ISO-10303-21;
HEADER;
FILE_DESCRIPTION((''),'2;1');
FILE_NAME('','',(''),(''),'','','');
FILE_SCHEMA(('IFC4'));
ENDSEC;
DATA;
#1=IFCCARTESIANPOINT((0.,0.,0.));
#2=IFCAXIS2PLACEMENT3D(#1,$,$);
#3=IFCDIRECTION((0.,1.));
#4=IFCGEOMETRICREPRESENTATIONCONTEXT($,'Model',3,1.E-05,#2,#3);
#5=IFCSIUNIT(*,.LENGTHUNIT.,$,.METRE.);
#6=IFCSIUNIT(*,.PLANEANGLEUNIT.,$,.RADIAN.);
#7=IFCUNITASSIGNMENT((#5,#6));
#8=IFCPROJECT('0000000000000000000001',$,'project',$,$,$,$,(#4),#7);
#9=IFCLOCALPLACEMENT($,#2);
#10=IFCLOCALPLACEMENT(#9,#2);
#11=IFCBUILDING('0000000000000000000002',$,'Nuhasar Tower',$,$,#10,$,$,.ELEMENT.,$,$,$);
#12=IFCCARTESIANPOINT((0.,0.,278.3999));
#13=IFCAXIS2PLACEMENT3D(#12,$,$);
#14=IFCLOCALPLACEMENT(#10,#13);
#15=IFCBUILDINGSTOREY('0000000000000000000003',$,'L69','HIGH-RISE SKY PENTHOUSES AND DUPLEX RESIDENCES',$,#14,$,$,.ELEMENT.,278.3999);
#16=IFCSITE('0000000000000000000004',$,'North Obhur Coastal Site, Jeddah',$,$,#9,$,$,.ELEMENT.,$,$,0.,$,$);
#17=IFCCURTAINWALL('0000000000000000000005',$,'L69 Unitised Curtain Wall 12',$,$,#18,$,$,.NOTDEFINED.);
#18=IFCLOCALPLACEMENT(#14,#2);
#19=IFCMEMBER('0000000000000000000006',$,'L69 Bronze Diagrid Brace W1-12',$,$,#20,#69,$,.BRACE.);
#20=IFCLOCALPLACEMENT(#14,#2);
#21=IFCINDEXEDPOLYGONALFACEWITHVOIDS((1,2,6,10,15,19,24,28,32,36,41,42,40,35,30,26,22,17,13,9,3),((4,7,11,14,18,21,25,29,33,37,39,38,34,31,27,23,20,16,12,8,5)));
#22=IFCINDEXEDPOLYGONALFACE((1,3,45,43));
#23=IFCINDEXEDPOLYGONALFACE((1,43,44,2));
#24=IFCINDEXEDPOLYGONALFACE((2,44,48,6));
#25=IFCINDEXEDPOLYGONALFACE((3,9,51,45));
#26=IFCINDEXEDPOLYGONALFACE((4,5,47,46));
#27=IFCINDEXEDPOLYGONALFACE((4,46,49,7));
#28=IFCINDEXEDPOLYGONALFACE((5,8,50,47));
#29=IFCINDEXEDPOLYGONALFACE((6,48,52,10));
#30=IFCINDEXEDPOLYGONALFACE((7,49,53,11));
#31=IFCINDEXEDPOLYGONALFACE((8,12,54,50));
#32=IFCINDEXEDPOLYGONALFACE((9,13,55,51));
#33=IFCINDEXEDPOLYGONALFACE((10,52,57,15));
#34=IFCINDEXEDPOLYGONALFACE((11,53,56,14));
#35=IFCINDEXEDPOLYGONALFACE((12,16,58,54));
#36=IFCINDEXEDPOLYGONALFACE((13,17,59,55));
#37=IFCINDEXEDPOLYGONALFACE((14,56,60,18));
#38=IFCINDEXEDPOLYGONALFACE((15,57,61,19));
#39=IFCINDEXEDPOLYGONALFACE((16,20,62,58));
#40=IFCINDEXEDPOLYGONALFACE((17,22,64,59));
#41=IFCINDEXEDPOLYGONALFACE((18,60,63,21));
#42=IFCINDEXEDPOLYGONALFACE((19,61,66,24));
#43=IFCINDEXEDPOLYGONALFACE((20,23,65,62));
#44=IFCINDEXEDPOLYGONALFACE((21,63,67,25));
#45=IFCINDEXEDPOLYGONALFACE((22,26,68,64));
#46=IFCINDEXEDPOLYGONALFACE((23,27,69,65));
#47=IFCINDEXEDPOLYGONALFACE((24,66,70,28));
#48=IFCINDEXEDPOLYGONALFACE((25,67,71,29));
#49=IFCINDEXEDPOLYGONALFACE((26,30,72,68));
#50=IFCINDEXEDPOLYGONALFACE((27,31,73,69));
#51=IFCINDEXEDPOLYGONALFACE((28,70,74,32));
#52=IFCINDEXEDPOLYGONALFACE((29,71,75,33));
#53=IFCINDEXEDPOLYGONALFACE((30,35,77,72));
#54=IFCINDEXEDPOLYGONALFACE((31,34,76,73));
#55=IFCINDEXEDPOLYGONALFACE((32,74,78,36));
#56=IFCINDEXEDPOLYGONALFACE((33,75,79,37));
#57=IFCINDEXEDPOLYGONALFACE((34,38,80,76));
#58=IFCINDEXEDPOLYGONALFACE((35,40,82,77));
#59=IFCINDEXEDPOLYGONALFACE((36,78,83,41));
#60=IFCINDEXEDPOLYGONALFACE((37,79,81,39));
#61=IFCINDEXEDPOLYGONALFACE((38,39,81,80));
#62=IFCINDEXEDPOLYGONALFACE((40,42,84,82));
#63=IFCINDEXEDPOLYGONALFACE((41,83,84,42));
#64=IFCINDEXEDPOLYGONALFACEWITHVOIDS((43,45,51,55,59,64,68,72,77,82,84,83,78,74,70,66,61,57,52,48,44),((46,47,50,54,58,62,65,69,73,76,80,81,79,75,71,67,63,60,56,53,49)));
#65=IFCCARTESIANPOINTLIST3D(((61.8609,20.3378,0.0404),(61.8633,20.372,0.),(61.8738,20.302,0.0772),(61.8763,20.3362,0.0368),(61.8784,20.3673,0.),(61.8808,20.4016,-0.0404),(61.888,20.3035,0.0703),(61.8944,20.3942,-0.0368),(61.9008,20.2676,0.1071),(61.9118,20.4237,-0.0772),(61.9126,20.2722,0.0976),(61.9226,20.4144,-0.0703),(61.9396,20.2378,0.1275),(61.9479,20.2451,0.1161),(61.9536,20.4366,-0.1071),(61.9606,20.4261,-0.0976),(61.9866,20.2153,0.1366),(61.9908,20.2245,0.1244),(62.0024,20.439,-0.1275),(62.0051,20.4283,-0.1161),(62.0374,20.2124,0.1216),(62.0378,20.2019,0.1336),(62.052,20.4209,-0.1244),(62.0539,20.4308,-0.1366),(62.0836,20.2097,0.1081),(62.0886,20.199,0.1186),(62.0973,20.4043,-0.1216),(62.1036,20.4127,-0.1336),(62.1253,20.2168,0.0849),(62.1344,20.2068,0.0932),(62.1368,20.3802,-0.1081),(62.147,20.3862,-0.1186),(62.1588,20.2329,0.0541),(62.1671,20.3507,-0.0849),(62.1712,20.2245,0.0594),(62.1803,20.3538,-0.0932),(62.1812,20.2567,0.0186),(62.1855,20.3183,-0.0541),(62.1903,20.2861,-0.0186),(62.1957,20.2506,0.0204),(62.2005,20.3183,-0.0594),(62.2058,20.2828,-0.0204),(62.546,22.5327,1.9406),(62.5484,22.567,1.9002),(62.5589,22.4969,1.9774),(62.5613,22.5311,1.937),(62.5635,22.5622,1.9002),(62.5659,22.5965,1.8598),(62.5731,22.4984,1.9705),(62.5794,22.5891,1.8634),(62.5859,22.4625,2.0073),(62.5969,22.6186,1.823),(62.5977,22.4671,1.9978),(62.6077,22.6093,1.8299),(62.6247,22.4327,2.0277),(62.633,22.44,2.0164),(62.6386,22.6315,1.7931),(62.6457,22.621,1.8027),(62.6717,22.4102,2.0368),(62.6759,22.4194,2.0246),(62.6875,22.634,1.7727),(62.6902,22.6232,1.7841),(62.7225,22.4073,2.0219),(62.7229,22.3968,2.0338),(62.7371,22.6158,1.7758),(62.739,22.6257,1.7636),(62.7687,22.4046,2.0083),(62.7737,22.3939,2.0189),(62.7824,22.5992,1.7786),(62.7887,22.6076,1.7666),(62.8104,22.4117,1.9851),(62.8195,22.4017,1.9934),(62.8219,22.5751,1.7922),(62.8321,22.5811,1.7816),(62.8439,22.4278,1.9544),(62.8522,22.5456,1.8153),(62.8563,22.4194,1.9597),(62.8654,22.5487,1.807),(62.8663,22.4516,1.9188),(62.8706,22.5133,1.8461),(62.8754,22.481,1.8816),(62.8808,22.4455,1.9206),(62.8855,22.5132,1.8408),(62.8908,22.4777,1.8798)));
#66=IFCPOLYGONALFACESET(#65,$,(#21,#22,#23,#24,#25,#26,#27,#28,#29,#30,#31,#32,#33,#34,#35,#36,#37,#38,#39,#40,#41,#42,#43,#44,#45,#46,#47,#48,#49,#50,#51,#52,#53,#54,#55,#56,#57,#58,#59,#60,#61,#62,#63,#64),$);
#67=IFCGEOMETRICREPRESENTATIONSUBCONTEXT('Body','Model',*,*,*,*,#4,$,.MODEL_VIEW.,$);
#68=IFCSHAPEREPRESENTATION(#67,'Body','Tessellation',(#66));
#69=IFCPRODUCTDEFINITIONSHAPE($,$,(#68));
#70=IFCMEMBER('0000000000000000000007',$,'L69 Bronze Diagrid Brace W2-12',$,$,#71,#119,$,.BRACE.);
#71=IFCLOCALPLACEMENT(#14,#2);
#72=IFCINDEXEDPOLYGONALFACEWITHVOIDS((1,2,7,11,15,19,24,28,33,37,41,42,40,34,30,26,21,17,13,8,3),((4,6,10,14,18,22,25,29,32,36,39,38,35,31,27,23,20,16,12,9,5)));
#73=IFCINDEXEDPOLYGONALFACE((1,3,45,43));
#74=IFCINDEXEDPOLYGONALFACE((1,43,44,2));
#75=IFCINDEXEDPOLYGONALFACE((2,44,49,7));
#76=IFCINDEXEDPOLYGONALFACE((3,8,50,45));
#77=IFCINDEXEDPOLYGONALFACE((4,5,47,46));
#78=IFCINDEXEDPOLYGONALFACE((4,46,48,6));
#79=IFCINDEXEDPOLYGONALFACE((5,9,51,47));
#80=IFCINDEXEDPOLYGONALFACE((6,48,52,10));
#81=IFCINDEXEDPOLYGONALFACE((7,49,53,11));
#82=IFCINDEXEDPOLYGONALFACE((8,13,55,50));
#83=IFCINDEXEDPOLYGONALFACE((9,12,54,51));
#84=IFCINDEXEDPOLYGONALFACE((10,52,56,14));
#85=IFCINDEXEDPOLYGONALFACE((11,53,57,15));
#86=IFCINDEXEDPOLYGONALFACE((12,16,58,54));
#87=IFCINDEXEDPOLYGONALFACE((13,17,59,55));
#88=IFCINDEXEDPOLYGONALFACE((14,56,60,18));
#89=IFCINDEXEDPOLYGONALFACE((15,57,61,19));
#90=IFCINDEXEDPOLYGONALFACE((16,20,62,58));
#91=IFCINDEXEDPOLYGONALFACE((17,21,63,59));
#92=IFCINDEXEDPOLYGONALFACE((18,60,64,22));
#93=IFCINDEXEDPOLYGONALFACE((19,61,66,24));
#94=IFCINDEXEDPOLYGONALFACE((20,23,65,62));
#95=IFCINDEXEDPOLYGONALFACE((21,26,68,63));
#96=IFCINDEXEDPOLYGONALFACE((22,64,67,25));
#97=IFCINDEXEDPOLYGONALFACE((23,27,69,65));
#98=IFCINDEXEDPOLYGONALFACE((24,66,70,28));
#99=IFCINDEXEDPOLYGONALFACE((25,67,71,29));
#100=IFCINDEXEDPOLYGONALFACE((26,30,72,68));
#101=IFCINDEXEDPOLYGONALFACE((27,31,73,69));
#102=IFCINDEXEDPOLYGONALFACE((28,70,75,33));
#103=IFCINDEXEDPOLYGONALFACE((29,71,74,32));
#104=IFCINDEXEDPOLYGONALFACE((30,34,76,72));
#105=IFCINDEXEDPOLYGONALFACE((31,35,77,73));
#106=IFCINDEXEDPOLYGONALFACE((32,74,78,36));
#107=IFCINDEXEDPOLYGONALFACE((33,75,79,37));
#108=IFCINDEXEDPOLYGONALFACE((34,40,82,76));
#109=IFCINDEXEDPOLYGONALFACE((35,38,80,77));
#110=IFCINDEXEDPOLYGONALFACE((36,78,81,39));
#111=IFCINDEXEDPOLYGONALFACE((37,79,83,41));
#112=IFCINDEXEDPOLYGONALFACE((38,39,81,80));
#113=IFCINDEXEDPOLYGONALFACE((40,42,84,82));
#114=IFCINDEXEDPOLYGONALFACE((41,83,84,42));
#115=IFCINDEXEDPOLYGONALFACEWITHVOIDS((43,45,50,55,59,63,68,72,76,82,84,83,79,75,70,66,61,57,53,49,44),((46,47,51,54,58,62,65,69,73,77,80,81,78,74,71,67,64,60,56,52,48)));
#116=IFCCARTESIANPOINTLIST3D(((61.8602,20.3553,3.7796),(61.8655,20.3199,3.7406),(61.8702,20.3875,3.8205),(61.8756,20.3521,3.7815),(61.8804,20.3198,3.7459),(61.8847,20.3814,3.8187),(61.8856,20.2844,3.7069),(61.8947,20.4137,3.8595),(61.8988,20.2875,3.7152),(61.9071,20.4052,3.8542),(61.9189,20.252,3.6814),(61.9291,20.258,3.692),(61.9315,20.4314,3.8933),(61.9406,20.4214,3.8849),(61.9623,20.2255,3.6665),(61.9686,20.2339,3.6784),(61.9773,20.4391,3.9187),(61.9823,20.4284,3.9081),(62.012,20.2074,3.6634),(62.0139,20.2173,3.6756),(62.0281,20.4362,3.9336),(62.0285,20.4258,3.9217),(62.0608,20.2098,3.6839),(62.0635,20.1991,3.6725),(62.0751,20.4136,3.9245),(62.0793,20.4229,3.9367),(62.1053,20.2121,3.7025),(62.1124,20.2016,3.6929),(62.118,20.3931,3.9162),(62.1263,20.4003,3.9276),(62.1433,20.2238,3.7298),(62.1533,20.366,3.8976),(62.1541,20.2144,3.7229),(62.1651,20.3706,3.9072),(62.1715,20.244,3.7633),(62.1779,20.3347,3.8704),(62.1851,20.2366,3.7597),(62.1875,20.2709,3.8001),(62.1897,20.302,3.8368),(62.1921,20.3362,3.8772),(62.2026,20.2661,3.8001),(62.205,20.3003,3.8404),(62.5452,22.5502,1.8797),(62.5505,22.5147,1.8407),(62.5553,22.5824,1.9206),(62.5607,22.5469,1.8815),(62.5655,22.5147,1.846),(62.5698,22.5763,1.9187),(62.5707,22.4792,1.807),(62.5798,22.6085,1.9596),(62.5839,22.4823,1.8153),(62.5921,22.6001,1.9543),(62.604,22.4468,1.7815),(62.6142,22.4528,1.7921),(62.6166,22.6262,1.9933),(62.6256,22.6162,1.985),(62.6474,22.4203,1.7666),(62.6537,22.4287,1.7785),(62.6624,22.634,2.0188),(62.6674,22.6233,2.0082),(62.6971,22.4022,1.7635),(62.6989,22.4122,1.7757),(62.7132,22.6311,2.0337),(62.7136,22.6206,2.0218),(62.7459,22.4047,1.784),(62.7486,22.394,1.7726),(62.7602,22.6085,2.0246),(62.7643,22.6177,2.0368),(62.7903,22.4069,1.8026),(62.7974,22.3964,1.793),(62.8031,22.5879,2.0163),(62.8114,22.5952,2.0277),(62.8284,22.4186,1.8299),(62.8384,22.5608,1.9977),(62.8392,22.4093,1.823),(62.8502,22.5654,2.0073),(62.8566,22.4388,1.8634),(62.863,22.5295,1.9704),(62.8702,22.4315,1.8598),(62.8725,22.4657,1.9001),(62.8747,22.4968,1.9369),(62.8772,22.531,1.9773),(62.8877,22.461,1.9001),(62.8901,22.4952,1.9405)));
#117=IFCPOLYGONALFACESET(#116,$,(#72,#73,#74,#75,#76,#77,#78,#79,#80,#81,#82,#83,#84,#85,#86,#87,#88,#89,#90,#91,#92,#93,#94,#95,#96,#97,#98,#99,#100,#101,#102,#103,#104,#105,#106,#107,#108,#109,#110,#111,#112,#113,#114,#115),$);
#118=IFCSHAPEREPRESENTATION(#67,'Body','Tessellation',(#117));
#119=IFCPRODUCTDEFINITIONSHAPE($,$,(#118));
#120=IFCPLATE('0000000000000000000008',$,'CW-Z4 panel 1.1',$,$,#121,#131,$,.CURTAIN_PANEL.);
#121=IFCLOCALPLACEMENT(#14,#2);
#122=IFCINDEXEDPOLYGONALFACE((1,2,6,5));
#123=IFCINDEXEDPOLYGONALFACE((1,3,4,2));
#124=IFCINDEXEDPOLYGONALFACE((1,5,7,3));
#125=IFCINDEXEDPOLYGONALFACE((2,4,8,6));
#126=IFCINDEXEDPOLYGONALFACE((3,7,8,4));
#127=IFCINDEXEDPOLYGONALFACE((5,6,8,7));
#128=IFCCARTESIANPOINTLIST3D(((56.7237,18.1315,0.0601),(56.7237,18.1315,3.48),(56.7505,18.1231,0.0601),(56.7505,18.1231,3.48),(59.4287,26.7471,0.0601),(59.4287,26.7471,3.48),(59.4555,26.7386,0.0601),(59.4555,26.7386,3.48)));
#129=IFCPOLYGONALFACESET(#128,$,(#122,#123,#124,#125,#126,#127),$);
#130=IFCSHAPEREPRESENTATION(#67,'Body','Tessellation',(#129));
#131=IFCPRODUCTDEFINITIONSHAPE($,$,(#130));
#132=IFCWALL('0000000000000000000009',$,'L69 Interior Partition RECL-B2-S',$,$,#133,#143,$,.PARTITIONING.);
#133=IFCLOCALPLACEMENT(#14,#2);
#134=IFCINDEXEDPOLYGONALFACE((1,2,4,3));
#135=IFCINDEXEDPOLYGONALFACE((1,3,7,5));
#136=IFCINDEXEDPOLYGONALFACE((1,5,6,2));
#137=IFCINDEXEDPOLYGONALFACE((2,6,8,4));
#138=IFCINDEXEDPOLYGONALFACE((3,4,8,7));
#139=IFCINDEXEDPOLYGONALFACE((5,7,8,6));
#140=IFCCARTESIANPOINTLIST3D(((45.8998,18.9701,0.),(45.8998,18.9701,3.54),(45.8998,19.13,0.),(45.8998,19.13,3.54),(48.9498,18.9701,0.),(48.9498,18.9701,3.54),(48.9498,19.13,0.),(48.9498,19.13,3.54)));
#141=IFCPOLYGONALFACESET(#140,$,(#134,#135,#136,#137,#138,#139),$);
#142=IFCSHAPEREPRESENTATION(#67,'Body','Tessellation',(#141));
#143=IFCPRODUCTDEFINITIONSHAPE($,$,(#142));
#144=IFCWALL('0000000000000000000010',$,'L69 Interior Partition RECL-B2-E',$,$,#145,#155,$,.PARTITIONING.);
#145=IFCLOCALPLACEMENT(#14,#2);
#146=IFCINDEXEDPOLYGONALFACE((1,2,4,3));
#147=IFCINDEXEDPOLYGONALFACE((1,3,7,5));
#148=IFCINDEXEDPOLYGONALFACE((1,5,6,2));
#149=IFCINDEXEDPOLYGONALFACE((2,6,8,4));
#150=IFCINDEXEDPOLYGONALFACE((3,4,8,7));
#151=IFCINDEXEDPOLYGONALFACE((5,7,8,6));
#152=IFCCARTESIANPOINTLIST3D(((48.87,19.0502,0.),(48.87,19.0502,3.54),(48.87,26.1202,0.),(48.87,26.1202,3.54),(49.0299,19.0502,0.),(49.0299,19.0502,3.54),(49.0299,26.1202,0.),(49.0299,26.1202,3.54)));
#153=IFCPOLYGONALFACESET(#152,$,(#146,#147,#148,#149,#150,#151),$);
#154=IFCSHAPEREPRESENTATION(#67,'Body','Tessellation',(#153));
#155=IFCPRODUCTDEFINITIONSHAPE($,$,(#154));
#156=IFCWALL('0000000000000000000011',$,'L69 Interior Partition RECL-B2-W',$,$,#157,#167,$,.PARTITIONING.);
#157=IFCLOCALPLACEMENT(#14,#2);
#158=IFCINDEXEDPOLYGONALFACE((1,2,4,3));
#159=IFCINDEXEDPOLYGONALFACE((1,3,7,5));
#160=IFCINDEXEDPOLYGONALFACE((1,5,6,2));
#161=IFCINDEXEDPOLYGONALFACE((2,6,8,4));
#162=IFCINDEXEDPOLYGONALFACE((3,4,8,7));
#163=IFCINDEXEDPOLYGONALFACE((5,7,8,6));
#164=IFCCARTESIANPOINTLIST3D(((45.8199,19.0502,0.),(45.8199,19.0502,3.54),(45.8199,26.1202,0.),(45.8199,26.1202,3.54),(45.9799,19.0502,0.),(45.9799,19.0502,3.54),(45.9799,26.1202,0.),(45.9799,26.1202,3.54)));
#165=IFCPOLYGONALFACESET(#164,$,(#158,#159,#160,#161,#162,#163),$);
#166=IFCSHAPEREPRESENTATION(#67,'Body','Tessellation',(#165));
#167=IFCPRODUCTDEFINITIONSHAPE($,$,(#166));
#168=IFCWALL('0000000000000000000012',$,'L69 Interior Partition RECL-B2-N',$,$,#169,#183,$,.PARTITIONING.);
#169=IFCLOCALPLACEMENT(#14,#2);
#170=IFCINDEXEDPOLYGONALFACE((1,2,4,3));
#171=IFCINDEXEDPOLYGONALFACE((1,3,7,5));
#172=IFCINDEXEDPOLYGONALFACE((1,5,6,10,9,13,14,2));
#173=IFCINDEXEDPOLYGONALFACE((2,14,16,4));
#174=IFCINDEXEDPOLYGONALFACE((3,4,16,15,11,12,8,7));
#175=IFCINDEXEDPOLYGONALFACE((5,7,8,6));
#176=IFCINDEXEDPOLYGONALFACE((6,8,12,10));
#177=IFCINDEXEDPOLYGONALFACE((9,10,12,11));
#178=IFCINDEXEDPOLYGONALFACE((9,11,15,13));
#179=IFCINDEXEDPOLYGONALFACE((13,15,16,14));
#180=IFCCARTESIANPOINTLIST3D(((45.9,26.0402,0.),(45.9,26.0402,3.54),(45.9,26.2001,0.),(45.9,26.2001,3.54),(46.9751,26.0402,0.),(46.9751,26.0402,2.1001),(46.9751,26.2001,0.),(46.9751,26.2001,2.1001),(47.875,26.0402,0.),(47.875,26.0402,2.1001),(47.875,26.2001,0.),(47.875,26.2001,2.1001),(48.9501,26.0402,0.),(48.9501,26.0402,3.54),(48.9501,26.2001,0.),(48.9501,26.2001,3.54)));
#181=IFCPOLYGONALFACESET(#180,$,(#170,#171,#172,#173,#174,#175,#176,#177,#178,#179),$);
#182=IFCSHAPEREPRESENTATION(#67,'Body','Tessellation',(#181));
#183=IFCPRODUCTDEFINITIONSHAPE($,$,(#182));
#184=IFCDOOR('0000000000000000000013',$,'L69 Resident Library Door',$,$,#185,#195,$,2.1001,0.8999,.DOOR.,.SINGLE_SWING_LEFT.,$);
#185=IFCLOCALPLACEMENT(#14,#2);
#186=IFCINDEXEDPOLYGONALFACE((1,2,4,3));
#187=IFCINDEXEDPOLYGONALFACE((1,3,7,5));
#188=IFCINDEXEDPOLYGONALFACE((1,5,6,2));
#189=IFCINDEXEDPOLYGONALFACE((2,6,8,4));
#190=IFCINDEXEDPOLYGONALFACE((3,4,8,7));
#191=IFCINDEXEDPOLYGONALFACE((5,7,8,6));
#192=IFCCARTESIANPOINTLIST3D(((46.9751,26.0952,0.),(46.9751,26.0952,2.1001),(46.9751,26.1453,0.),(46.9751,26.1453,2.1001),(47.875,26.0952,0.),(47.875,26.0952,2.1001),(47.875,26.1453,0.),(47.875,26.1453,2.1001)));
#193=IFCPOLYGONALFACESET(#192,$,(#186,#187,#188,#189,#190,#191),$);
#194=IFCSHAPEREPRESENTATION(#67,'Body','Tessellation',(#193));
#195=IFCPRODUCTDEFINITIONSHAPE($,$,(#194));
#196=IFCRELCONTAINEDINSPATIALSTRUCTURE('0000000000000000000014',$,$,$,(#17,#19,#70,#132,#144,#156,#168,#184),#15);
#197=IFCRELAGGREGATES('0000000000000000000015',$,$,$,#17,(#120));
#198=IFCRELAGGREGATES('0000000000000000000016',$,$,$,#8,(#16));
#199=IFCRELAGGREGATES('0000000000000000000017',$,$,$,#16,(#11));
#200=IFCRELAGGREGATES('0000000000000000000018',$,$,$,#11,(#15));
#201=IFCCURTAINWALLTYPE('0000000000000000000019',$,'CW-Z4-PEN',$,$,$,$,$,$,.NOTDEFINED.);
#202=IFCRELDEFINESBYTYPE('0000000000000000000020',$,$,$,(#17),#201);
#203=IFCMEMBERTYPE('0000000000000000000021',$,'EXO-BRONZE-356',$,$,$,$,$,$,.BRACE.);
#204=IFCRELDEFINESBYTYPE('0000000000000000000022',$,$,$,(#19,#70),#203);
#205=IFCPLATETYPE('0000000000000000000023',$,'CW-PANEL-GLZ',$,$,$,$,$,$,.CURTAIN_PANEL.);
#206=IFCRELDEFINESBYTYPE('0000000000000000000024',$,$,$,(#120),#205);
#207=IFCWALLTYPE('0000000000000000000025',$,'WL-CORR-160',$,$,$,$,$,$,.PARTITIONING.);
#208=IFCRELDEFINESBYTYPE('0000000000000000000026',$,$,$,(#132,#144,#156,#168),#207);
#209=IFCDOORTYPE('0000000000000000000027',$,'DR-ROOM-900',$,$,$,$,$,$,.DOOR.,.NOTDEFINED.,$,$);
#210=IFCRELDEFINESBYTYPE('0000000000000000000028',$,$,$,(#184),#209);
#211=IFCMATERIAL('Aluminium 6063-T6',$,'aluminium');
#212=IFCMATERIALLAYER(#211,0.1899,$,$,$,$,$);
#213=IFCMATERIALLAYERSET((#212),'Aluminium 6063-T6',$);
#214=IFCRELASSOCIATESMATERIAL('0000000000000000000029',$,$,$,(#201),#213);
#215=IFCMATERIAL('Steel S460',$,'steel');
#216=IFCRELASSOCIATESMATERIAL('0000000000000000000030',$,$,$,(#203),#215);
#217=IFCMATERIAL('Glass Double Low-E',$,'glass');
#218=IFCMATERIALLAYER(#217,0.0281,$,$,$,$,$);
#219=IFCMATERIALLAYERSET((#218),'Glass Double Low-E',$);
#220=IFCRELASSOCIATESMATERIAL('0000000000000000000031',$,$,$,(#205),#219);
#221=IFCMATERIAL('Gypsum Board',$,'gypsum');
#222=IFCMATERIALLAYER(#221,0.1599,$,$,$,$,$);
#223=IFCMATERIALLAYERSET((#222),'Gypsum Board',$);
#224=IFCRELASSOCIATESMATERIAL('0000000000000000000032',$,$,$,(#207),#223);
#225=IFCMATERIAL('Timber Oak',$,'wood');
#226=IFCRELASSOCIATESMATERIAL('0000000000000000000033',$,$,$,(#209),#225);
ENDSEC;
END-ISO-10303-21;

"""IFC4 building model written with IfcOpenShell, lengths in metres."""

from ifc_helpers import new_model, si_unit, direction, frame, frame_2d, origin, origin_2d, place, context, subcontext, project, spatial, rectangle, hollow_circle, extrude, material, layer, layer_set, material_profile, profile_set, type_object, element, fill, aggregate, save


model = new_model("IFC4")

# Units and contexts
model_context = context("Model", 3, precision=1e-05, world=origin(), true_north=direction((0.0, 1.0)))
body_context = subcontext(model_context, "Body", "Model", "MODEL_VIEW")
ifc_project = project(units=[si_unit("LENGTHUNIT", "METRE"), si_unit("PLANEANGLEUNIT", "RADIAN")], contexts=[model_context])

# Site, building, storey
site_placement = place(None, origin())
site = spatial("IfcSite", under=ifc_project, at=site_placement, Name="North Obhur Coastal Site, Jeddah", CompositionType="ELEMENT", RefElevation=0.0)
building_placement = place(site_placement, origin())
building = spatial("IfcBuilding", under=site, at=building_placement, Name="Nuhasar Tower", CompositionType="ELEMENT")
storey_placement = place(building_placement, frame((0.0, 0.0, 278.3999)))
storey = spatial("IfcBuildingStorey", under=building, at=storey_placement, Name="L69", Description="HIGH-RISE SKY PENTHOUSES AND DUPLEX RESIDENCES", CompositionType="ELEMENT", Elevation=278.3999)

# Shared definitions
ifc_material_1 = material(Name="Aluminium 6063-T6", Category="aluminium")
ifc_layer_1 = layer(ifc_material_1, 0.1899)
ifc_layer_set_1 = layer_set([ifc_layer_1], Name="Aluminium 6063-T6")
curtain_wall_type = type_object("IfcCurtainWallType", Name="CW-Z4-PEN", PredefinedType="NOTDEFINED", material=ifc_layer_set_1)

# Curtain wall
curtain_wall_1_placement = place(storey_placement, origin())
curtain_wall_1 = element("IfcCurtainWall", 1, at=curtain_wall_1_placement, inside=storey, type_object=curtain_wall_type, Name="L69 Unitised Curtain Wall 12", PredefinedType="NOTDEFINED")

# Members
ifc_material_2 = material(Name="Steel S460", Category="steel")
ifc_material_profile_1 = material_profile(ifc_material_2, hollow_circle(Radius=0.1777, WallThickness=0.0159, at=origin_2d()), Name="HSS355.6X15.9")
ifc_profile_set_1 = profile_set([ifc_material_profile_1], Name="Steel S460")
member_type_1 = type_object("IfcMemberType", Name="EXO-BRONZE-356", PredefinedType="BRACE", material=ifc_profile_set_1)
member_1_placement = place(storey_placement, frame((62.033, 20.3191, 0.0), z_axis=(0.229669, 0.735826, 0.637034), x_axis=(-0.954582, 0.297948, 0.0)))
element("IfcMember", 2, at=member_1_placement, inside=storey, type_object=member_type_1, Name="L69 Bronze Diagrid Brace W1-12", PredefinedType="BRACE", context=body_context, shape_type="SweptSolid", body=[
    extrude(hollow_circle(Radius=0.1777, WallThickness=0.0159, at=origin_2d()), origin(), (0.0, 0.0, 1.0), 2.9829),
])
member_2_placement = place(storey_placement, frame((62.718, 22.5139, 1.9001), z_axis=(-0.229681, -0.735864, 0.636985), x_axis=(0.954582, -0.297948, 0.0)))
element("IfcMember", 3, at=member_2_placement, inside=storey, type_object=member_type_1, Name="L69 Bronze Diagrid Brace W2-12", PredefinedType="BRACE", context=body_context, shape_type="SweptSolid", body=[
    extrude(hollow_circle(Radius=0.1777, WallThickness=0.0159, at=origin_2d()), origin(), (0.0, 0.0, 1.0), 2.9827),
])

# Plate
ifc_material_3 = material(Name="Glass Double Low-E", Category="glass")
ifc_layer_2 = layer(ifc_material_3, 0.0281)
ifc_layer_set_2 = layer_set([ifc_layer_2], Name="Glass Double Low-E")
plate_type = type_object("IfcPlateType", Name="CW-PANEL-GLZ", PredefinedType="CURTAIN_PANEL", material=ifc_layer_set_2)
plate_placement = place(storey_placement, frame((58.0896, 22.4351, 0.0601), z_axis=(0.0, 0.0, 1.0), x_axis=(0.299557, 0.954079, 0.0)))
plate = element("IfcPlate", 4, at=plate_placement, type_object=plate_type, Name="CW-Z4 panel 1.1", PredefinedType="CURTAIN_PANEL", context=body_context, shape_type="SweptSolid", body=[
    extrude(rectangle(XDim=9.0303, YDim=0.0281, at=origin_2d()), origin(), (0.0, 0.0, 1.0), 3.4199),
])
aggregate(curtain_wall_1, [plate])

# Walls
ifc_material_4 = material(Name="Gypsum Board", Category="gypsum")
ifc_layer_3 = layer(ifc_material_4, 0.1599)
ifc_layer_set_3 = layer_set([ifc_layer_3], Name="Gypsum Board")
wall_type_1 = type_object("IfcWallType", Name="WL-CORR-160", PredefinedType="PARTITIONING", material=ifc_layer_set_3)
wall_1_placement = place(storey_placement, frame((45.8999, 19.05, 0.0), z_axis=(0.0, 0.0, 1.0), x_axis=(1.0, 0.0, 0.0)))
element("IfcWall", 5, at=wall_1_placement, inside=storey, type_object=wall_type_1, Name="L69 Interior Partition RECL-B2-S", PredefinedType="PARTITIONING", context=body_context, shape_type="SweptSolid", body=[
    extrude(rectangle(XDim=3.05, YDim=0.1599, at=frame_2d((1.5249, 0.0))), origin(), (0.0, 0.0, 1.0), 3.54),
])
for number, where, z_axis, x_axis, name in (
    (6, (48.95, 19.05, 0.0), (0.0, 0.0, 1.0), (0.0, 1.0, 0.0), "L69 Interior Partition RECL-B2-E"),
    (7, (45.8999, 19.05, 0.0), (0.0, 0.0, 1.0), (0.0, 1.0, 0.0), "L69 Interior Partition RECL-B2-W"),
):
    element("IfcWall", number, at=place(storey_placement, frame(where, z_axis=z_axis, x_axis=x_axis)), inside=storey, type_object=wall_type_1, Name=name, PredefinedType="PARTITIONING", context=body_context, shape_type="SweptSolid", body=[
        extrude(rectangle(XDim=7.0701, YDim=0.1599, at=frame_2d((3.5352, 0.0))), origin(), (0.0, 0.0, 1.0), 3.54),
    ])

# Wall, opening, door
wall_2_placement = place(storey_placement, frame((48.95, 26.1201, 0.0), z_axis=(0.0, 0.0, 1.0), x_axis=(-1.0, 0.0, 0.0)))
wall_2 = element("IfcWall", 8, at=wall_2_placement, inside=storey, type_object=wall_type_1, Name="L69 Interior Partition RECL-B2-N", PredefinedType="PARTITIONING", context=body_context, shape_type="SweptSolid", body=[
    extrude(rectangle(XDim=3.05, YDim=0.1599, at=frame_2d((1.5249, 0.0))), origin(), (0.0, 0.0, 1.0), 3.54),
])
opening_1_placement = place(wall_2_placement, frame((1.075, 0.0, 0.0)))
opening_1 = element("IfcOpeningElement", 9, at=opening_1_placement, cuts=wall_2, PredefinedType="OPENING", context=body_context, shape_type="SweptSolid", body=[
    extrude(rectangle(XDim=0.8999, YDim=2.1001, at=frame_2d((0.45, 1.05))), frame((0.0, 0.0898, 0.0), z_axis=(0.0, -1.0, 0.0), x_axis=(1.0, 0.0, 0.0)), (0.0, 0.0, 1.0), 0.1799),
])
ifc_material_5 = material(Name="Timber Oak", Category="wood")
door_type_1 = type_object("IfcDoorType", Name="DR-ROOM-900", OperationType="NOTDEFINED", PredefinedType="DOOR", material=ifc_material_5)
door_1_placement = place(opening_1_placement, origin())
door_1 = element("IfcDoor", 10, at=door_1_placement, inside=storey, type_object=door_type_1, Name="L69 Resident Library Door", OperationType="SINGLE_SWING_LEFT", OverallHeight=2.1001, OverallWidth=0.8999, PredefinedType="DOOR", context=body_context, shape_type="SweptSolid", body=[
    extrude(rectangle(XDim=0.8999, YDim=2.1001, at=frame_2d((0.45, 1.05))), frame((0.0, 0.0249, 0.0), z_axis=(0.0, -1.0, 0.0), x_axis=(1.0, 0.0, 0.0)), (0.0, 0.0, 1.0), 0.05),
])
fill(opening_1, door_1)

save(model, "model.ifc")
